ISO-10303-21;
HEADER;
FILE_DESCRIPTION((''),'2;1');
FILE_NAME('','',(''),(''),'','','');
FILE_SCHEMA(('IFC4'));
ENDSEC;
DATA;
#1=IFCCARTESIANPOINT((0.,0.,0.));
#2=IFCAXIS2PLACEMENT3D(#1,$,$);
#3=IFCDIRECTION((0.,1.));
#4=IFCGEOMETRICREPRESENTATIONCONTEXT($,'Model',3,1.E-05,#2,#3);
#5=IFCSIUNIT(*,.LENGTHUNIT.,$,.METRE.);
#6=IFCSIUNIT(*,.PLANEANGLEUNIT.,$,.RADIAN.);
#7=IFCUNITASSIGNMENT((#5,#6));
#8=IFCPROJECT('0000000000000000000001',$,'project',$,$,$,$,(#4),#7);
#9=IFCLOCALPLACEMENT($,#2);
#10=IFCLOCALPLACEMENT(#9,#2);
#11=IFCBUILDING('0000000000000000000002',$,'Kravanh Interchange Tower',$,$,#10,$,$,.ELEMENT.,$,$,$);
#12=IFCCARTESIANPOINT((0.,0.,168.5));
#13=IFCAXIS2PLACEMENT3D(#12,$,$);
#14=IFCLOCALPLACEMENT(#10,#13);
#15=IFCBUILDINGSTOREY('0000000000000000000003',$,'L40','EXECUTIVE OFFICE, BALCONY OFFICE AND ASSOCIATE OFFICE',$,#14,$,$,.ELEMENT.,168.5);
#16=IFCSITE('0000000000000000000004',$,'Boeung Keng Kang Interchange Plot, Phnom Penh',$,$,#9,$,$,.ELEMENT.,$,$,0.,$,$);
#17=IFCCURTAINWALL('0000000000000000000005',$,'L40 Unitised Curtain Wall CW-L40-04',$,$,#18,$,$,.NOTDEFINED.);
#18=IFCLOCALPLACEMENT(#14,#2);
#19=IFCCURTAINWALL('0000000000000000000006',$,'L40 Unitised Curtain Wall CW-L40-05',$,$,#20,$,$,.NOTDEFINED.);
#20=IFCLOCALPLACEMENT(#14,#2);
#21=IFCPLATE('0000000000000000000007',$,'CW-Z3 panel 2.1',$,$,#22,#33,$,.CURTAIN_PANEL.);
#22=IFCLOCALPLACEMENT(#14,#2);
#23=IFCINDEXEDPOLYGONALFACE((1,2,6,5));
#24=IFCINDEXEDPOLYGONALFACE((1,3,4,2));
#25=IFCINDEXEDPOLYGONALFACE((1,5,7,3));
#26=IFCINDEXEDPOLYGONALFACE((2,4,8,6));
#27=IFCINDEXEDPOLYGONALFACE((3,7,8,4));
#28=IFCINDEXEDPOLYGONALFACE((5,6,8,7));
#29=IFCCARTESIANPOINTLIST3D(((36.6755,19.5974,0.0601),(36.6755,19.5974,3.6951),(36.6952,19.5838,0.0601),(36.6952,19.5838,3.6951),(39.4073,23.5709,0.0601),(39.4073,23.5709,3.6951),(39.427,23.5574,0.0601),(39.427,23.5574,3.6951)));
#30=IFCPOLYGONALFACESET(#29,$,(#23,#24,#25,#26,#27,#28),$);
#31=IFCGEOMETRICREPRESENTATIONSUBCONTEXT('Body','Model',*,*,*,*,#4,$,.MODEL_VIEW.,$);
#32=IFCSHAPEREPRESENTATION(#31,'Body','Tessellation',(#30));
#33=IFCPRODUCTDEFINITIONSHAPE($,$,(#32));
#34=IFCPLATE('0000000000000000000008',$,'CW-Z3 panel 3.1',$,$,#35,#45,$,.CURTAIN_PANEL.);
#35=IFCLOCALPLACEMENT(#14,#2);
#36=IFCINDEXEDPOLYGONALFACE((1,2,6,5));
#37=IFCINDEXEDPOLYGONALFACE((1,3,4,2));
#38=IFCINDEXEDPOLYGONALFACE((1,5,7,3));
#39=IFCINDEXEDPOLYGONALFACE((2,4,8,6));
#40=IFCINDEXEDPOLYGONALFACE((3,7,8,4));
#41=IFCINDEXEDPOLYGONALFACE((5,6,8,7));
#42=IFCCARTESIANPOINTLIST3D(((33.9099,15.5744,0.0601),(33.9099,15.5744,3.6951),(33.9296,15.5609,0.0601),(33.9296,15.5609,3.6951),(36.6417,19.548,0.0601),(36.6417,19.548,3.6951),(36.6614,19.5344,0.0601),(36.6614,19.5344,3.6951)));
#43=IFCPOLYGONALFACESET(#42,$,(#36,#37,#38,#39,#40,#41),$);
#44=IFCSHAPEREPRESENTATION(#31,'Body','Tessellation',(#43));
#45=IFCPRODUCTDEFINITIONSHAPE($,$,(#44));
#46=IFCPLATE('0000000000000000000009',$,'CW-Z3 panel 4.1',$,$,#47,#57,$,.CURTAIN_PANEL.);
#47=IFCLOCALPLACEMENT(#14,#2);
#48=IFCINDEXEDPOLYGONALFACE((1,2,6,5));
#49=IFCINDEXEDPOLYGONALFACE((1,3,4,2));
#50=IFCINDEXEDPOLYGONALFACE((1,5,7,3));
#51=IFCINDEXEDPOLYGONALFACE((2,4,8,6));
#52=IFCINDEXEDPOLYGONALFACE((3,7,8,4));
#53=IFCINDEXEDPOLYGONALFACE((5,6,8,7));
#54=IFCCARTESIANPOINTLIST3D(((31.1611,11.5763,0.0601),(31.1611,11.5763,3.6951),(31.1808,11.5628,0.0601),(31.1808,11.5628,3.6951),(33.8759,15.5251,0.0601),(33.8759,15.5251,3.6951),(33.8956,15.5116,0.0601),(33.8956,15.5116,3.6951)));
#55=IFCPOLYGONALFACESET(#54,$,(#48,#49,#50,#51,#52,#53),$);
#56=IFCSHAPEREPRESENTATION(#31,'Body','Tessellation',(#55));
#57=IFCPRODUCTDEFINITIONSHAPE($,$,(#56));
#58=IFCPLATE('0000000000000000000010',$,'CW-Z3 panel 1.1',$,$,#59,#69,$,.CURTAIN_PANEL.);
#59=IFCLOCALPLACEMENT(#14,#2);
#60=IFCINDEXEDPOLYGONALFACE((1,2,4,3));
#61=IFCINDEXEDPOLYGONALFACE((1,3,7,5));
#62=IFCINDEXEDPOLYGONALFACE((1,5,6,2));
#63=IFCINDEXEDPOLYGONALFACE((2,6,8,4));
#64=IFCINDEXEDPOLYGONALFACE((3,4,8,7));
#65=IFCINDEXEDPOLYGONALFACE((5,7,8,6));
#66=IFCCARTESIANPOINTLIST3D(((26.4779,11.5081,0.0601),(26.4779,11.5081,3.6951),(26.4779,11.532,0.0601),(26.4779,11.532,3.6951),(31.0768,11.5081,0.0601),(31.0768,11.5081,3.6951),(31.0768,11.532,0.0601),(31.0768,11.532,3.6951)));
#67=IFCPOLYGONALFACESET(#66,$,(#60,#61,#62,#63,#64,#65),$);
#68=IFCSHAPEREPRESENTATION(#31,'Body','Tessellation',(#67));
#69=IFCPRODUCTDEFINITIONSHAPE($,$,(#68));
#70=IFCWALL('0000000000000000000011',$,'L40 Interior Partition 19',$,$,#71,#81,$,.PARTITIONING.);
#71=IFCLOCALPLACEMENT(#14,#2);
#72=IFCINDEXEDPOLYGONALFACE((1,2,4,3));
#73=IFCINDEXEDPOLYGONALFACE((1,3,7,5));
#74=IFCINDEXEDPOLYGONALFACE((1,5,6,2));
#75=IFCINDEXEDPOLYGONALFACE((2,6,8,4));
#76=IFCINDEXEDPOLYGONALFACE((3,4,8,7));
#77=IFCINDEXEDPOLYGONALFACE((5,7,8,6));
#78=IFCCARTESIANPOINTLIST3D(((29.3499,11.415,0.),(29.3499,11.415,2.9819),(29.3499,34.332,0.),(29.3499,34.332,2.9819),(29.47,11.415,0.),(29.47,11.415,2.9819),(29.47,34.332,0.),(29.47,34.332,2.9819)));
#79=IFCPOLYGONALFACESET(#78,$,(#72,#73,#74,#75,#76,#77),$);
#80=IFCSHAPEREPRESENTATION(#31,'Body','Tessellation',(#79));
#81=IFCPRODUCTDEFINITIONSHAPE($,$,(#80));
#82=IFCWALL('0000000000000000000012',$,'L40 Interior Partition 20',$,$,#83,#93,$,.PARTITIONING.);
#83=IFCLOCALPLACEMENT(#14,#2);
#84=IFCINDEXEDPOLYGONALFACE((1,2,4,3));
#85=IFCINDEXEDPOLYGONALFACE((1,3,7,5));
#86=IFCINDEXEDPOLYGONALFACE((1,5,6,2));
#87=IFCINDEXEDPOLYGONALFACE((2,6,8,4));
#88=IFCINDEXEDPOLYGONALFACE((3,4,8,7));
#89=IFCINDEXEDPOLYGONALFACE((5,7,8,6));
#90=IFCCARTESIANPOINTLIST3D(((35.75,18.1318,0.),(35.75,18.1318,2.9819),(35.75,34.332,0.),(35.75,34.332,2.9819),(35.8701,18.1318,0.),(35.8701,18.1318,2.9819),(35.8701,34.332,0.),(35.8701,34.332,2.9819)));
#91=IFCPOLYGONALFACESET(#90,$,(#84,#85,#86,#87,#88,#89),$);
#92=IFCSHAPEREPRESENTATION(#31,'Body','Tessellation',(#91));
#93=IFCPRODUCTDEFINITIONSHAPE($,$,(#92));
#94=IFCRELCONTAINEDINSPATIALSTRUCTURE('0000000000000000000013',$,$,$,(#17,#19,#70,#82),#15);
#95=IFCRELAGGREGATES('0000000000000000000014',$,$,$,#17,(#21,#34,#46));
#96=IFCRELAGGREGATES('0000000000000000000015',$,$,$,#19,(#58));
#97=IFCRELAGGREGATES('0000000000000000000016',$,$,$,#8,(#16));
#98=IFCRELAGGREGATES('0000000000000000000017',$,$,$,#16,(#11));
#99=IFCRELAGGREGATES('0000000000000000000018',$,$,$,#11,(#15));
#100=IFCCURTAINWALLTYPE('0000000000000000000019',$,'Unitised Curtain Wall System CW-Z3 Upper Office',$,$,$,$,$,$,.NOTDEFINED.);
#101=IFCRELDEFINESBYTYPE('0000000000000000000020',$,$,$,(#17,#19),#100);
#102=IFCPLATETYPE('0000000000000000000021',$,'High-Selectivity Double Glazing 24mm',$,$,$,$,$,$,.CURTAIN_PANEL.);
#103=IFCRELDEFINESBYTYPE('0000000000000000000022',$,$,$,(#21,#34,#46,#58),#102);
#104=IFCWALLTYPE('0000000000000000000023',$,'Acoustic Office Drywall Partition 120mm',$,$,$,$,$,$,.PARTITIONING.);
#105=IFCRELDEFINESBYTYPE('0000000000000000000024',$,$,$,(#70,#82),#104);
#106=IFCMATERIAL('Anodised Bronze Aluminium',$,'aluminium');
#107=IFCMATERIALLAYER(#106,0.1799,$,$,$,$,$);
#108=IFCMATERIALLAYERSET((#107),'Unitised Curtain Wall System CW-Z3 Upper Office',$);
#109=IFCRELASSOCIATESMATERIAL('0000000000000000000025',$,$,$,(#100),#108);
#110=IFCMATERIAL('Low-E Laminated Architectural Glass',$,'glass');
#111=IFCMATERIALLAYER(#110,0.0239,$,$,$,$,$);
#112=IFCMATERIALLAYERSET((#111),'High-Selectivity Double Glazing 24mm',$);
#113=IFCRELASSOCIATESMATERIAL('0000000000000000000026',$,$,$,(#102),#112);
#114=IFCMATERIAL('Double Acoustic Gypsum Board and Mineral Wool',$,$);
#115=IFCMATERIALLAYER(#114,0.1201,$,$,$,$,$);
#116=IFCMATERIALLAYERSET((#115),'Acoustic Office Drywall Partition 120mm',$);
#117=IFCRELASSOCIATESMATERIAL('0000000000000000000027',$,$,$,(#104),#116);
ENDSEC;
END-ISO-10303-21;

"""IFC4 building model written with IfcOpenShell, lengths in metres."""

from ifc_helpers import new_model, si_unit, direction, frame, frame_2d, origin, origin_2d, place, context, subcontext, project, spatial, rectangle, extrude, material, layer, layer_set, type_object, element, aggregate, save


model = new_model("IFC4")

# Units and contexts
model_context = context("Model", 3, precision=1e-05, world=origin(), true_north=direction((0.0, 1.0)))
body_context = subcontext(model_context, "Body", "Model", "MODEL_VIEW")
ifc_project = project(units=[si_unit("LENGTHUNIT", "METRE"), si_unit("PLANEANGLEUNIT", "RADIAN")], contexts=[model_context])

# Site, building, storey
site_placement = place(None, origin())
site = spatial("IfcSite", under=ifc_project, at=site_placement, Name="Boeung Keng Kang Interchange Plot, Phnom Penh", CompositionType="ELEMENT", RefElevation=0.0)
building_placement = place(site_placement, origin())
building = spatial("IfcBuilding", under=site, at=building_placement, Name="Kravanh Interchange Tower", CompositionType="ELEMENT")
storey_placement = place(building_placement, frame((0.0, 0.0, 168.5)))
storey = spatial("IfcBuildingStorey", under=building, at=storey_placement, Name="L40", Description="EXECUTIVE OFFICE, BALCONY OFFICE AND ASSOCIATE OFFICE", CompositionType="ELEMENT", Elevation=168.5)

# Curtain walls
ifc_material_1 = material(Name="Anodised Bronze Aluminium", Category="aluminium")
ifc_layer_1 = layer(ifc_material_1, 0.1799)
ifc_layer_set_1 = layer_set([ifc_layer_1], Name="Unitised Curtain Wall System CW-Z3 Upper Office")
curtain_wall_type = type_object("IfcCurtainWallType", Name="Unitised Curtain Wall System CW-Z3 Upper Office", PredefinedType="NOTDEFINED", material=ifc_layer_set_1)
curtain_wall_1_placement = place(storey_placement, origin())
curtain_wall_1 = element("IfcCurtainWall", 1, at=curtain_wall_1_placement, inside=storey, type_object=curtain_wall_type, Name="L40 Unitised Curtain Wall CW-L40-04", PredefinedType="NOTDEFINED")
curtain_wall_2_placement = place(storey_placement, origin())
curtain_wall_2 = element("IfcCurtainWall", 2, at=curtain_wall_2_placement, inside=storey, type_object=curtain_wall_type, Name="L40 Unitised Curtain Wall CW-L40-05", PredefinedType="NOTDEFINED")

# Plates
ifc_material_2 = material(Name="Low-E Laminated Architectural Glass", Category="glass")
ifc_layer_2 = layer(ifc_material_2, 0.0239)
ifc_layer_set_2 = layer_set([ifc_layer_2], Name="High-Selectivity Double Glazing 24mm")
plate_type = type_object("IfcPlateType", Name="High-Selectivity Double Glazing 24mm", PredefinedType="CURTAIN_PANEL", material=ifc_layer_set_2)
plate_1_placement = place(storey_placement, frame((38.0513, 21.5774, 0.0601), z_axis=(0.0, 0.0, 1.0), x_axis=(-0.566528, -0.824042, 0.0)))
plate_1 = element("IfcPlate", 3, at=plate_1_placement, type_object=plate_type, Name="CW-Z3 panel 2.1", PredefinedType="CURTAIN_PANEL", context=body_context, shape_type="SweptSolid", body=[
    extrude(rectangle(XDim=4.822, YDim=0.0239, at=origin_2d()), origin(), (0.0, 0.0, 1.0), 3.635),
])
plate_2_placement = place(storey_placement, frame((35.2856, 17.5544, 0.0601), z_axis=(0.0, 0.0, 1.0), x_axis=(-0.566528, -0.824042, 0.0)))
plate_2 = element("IfcPlate", 4, at=plate_2_placement, type_object=plate_type, Name="CW-Z3 panel 3.1", PredefinedType="CURTAIN_PANEL", context=body_context, shape_type="SweptSolid", body=[
    extrude(rectangle(XDim=4.822, YDim=0.0239, at=origin_2d()), origin(), (0.0, 0.0, 1.0), 3.635),
])
plate_3_placement = place(storey_placement, frame((32.5283, 13.5439, 0.0601), z_axis=(0.0, 0.0, 1.0), x_axis=(-0.566528, -0.824042, 0.0)))
plate_3 = element("IfcPlate", 5, at=plate_3_placement, type_object=plate_type, Name="CW-Z3 panel 4.1", PredefinedType="CURTAIN_PANEL", context=body_context, shape_type="SweptSolid", body=[
    extrude(rectangle(XDim=4.792, YDim=0.0239, at=origin_2d()), origin(), (0.0, 0.0, 1.0), 3.635),
])
aggregate(curtain_wall_1, [plate_1, plate_2, plate_3])
plate_4_placement = place(storey_placement, frame((28.7773, 11.52, 0.0601), z_axis=(0.0, 0.0, 1.0), x_axis=(-1.0, 0.0, 0.0)))
plate_4 = element("IfcPlate", 6, at=plate_4_placement, type_object=plate_type, Name="CW-Z3 panel 1.1", PredefinedType="CURTAIN_PANEL", context=body_context, shape_type="SweptSolid", body=[
    extrude(rectangle(XDim=4.5989, YDim=0.0239, at=origin_2d()), origin(), (0.0, 0.0, 1.0), 3.635),
])
aggregate(curtain_wall_2, [plate_4])

# Walls
ifc_material_3 = material(Name="Double Acoustic Gypsum Board and Mineral Wool")
ifc_layer_3 = layer(ifc_material_3, 0.1201)
ifc_layer_set_3 = layer_set([ifc_layer_3], Name="Acoustic Office Drywall Partition 120mm")
wall_type = type_object("IfcWallType", Name="Acoustic Office Drywall Partition 120mm", PredefinedType="PARTITIONING", material=ifc_layer_set_3)
wall_1_placement = place(storey_placement, frame((29.4099, 11.415, 0.0), z_axis=(0.0, 0.0, 1.0), x_axis=(0.0, 1.0, 0.0)))
element("IfcWall", 7, at=wall_1_placement, inside=storey, type_object=wall_type, Name="L40 Interior Partition 19", PredefinedType="PARTITIONING", context=body_context, shape_type="SweptSolid", body=[
    extrude(rectangle(XDim=22.917, YDim=0.1201, at=frame_2d((11.4585, 0.0))), origin(), (0.0, 0.0, 1.0), 2.9819),
])
wall_2_placement = place(storey_placement, frame((35.8101, 18.1318, 0.0), z_axis=(0.0, 0.0, 1.0), x_axis=(0.0, 1.0, 0.0)))
element("IfcWall", 8, at=wall_2_placement, inside=storey, type_object=wall_type, Name="L40 Interior Partition 20", PredefinedType="PARTITIONING", context=body_context, shape_type="SweptSolid", body=[
    extrude(rectangle(XDim=16.2002, YDim=0.1201, at=frame_2d((8.1001, 0.0))), origin(), (0.0, 0.0, 1.0), 2.9819),
])

save(model, "model.ifc")
